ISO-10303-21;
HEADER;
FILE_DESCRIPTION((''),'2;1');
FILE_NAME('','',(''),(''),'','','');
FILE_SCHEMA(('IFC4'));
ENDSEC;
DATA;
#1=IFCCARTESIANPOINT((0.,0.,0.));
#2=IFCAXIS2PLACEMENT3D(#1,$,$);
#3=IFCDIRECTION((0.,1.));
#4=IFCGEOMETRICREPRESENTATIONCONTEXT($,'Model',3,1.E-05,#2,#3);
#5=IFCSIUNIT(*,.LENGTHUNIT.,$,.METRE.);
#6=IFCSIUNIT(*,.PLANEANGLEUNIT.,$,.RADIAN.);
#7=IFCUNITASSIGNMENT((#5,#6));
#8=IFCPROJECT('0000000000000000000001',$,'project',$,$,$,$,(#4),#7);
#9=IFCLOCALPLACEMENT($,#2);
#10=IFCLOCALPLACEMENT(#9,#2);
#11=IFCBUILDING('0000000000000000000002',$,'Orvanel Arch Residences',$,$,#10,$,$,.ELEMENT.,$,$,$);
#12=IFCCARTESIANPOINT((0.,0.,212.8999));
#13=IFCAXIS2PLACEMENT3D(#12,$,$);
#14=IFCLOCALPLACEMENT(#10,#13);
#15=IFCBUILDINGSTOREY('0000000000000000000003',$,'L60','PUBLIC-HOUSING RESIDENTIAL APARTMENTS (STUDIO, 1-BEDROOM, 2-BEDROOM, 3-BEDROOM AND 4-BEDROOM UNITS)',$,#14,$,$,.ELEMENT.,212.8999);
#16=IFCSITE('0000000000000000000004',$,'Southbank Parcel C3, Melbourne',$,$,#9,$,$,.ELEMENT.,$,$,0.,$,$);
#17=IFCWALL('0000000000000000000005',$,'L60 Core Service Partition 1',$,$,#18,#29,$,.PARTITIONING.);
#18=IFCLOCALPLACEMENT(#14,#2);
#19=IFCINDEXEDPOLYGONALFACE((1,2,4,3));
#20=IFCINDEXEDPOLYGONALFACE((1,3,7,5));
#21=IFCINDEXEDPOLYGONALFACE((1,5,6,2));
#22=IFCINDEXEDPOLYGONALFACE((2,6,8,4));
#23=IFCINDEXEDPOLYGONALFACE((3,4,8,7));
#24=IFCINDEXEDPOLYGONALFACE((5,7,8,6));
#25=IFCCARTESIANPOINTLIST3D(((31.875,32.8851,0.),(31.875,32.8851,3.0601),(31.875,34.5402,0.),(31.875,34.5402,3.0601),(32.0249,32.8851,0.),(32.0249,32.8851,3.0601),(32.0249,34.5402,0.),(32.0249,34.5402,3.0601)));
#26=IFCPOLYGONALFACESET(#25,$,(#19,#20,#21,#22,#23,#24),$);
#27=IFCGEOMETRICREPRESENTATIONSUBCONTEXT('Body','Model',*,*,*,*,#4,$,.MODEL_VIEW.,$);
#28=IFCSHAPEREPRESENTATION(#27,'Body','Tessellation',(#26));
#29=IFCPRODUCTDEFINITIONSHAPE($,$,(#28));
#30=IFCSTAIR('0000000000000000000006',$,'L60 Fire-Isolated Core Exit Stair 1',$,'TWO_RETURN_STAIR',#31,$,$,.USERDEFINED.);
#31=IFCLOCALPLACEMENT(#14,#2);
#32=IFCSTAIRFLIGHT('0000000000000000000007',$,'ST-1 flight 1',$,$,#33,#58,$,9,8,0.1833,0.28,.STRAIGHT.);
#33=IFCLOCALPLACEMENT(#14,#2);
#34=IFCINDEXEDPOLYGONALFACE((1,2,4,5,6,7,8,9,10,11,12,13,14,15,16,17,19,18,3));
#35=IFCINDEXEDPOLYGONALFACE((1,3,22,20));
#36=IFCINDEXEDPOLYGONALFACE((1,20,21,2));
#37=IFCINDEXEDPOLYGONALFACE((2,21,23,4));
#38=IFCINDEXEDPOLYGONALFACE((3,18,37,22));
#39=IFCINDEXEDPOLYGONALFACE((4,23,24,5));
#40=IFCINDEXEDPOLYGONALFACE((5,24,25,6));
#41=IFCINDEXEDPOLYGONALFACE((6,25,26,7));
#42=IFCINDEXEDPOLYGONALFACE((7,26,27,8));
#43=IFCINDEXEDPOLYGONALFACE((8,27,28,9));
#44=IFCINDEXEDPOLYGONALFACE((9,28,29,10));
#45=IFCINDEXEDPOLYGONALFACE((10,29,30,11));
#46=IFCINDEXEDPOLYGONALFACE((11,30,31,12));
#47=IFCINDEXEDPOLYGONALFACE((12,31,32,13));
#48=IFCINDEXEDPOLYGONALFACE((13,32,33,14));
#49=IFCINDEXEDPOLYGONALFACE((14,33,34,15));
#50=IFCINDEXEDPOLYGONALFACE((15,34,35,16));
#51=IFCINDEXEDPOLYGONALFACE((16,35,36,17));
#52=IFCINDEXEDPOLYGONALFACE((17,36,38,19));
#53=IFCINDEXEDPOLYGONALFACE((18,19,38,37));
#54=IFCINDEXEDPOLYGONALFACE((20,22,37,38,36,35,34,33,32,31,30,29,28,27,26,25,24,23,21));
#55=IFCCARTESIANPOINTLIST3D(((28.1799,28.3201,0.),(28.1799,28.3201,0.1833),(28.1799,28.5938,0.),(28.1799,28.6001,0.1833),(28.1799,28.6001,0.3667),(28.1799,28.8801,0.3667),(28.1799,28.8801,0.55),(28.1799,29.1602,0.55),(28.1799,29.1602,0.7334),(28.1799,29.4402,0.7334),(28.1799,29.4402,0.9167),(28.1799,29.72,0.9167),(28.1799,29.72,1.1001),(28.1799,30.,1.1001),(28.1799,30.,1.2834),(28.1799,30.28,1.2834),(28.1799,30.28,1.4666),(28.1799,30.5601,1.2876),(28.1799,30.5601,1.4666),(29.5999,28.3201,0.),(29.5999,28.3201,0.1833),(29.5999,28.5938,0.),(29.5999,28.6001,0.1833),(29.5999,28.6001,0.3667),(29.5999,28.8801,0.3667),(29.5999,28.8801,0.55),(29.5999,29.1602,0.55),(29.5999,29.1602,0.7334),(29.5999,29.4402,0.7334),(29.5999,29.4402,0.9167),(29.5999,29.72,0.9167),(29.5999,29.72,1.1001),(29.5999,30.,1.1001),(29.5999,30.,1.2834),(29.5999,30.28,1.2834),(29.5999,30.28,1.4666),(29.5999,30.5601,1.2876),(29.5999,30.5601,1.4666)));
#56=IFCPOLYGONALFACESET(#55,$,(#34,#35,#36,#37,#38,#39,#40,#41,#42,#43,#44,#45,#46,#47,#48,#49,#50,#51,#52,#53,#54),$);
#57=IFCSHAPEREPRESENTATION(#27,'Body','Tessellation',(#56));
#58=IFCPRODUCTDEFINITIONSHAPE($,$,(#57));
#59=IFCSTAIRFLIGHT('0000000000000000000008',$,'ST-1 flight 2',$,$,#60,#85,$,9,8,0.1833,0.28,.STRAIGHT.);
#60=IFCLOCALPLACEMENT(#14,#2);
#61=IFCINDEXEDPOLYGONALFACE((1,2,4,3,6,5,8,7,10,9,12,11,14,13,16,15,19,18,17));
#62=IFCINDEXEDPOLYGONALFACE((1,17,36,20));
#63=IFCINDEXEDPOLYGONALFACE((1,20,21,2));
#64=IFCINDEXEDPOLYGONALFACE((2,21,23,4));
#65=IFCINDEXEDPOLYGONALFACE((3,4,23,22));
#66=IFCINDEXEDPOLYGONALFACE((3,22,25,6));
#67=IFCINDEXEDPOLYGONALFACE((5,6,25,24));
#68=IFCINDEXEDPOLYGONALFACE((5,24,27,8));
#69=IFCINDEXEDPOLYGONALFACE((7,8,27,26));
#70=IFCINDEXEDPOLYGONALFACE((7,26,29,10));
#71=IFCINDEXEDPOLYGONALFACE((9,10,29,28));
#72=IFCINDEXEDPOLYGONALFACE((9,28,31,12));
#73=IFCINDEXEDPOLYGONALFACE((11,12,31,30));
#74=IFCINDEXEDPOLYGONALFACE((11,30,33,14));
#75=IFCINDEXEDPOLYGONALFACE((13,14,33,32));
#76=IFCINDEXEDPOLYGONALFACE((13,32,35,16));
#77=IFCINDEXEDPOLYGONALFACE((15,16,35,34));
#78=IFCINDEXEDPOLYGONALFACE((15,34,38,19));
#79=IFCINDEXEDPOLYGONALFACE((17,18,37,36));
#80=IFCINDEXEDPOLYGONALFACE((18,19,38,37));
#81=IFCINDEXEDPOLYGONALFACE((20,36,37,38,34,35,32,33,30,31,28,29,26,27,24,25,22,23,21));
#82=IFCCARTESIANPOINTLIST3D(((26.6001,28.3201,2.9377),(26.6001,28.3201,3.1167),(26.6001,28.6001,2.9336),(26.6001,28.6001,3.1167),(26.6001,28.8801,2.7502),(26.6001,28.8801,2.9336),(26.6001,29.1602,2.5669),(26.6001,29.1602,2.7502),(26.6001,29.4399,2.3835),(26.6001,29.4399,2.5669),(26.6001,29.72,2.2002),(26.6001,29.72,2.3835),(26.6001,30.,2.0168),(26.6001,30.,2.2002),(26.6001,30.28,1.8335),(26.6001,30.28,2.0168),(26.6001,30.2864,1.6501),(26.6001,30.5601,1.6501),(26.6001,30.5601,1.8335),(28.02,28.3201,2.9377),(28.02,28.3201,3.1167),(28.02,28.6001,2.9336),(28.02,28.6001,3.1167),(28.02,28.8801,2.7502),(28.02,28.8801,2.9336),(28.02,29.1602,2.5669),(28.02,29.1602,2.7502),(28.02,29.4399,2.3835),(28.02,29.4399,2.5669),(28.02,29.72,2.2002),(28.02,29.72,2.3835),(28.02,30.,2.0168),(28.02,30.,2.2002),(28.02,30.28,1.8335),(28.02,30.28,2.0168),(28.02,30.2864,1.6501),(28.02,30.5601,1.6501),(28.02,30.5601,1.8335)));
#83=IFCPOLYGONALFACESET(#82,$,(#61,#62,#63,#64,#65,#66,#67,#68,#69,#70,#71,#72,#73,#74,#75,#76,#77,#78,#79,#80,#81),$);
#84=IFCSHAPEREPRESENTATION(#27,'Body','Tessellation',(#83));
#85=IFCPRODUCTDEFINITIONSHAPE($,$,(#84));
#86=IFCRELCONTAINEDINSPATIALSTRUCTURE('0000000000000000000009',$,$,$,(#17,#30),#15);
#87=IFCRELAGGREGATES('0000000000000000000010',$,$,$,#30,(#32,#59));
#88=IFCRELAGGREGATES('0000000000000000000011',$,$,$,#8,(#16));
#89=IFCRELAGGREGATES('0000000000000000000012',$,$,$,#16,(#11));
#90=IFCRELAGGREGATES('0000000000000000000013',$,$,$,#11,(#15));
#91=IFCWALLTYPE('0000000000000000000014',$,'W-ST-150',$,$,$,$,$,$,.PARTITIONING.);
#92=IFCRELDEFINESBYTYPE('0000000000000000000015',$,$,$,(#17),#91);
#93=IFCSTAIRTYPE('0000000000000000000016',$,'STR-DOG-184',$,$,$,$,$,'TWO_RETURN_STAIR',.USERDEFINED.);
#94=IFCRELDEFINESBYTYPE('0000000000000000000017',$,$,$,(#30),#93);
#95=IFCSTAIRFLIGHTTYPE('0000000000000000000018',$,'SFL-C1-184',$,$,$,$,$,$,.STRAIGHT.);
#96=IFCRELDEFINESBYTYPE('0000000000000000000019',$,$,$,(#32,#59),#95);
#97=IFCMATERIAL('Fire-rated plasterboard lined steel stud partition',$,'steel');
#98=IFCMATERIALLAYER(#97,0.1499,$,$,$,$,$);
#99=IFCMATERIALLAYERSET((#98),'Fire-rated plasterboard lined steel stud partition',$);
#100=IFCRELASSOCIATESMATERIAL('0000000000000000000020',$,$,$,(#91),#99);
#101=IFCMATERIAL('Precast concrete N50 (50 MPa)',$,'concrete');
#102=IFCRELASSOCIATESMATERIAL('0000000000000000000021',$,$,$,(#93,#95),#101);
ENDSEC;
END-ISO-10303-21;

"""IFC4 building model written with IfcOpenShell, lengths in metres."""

from ifc_helpers import new_model, si_unit, direction, frame, frame_2d, origin, place, context, subcontext, project, spatial, polyline, rectangle, outline, extrude, material, layer, layer_set, type_object, element, aggregate, save


model = new_model("IFC4")

# Units and contexts
model_context = context("Model", 3, precision=1e-05, world=origin(), true_north=direction((0.0, 1.0)))
body_context = subcontext(model_context, "Body", "Model", "MODEL_VIEW")
ifc_project = project(units=[si_unit("LENGTHUNIT", "METRE"), si_unit("PLANEANGLEUNIT", "RADIAN")], contexts=[model_context])

# Site, building, storey
site_placement = place(None, origin())
site = spatial("IfcSite", under=ifc_project, at=site_placement, Name="Southbank Parcel C3, Melbourne", CompositionType="ELEMENT", RefElevation=0.0)
building_placement = place(site_placement, origin())
building = spatial("IfcBuilding", under=site, at=building_placement, Name="Orvanel Arch Residences", CompositionType="ELEMENT")
storey_placement = place(building_placement, frame((0.0, 0.0, 212.8999)))
storey = spatial("IfcBuildingStorey", under=building, at=storey_placement, Name="L60", Description="PUBLIC-HOUSING RESIDENTIAL APARTMENTS (STUDIO, 1-BEDROOM, 2-BEDROOM, 3-BEDROOM AND 4-BEDROOM UNITS)", CompositionType="ELEMENT", Elevation=212.8999)

# Shared definitions
ifc_material_1 = material(Name="Fire-rated plasterboard lined steel stud partition", Category="steel")

# Wall
ifc_layer_1 = layer(ifc_material_1, 0.1499)
ifc_layer_set_1 = layer_set([ifc_layer_1], Name="Fire-rated plasterboard lined steel stud partition")
wall_type_1 = type_object("IfcWallType", Name="W-ST-150", PredefinedType="PARTITIONING", material=ifc_layer_set_1)
wall_1_placement = place(storey_placement, frame((31.95, 32.885, 0.0), z_axis=(0.0, 0.0, 1.0), x_axis=(0.0, 1.0, 0.0)))
element("IfcWall", 1, at=wall_1_placement, inside=storey, type_object=wall_type_1, Name="L60 Core Service Partition 1", PredefinedType="PARTITIONING", context=body_context, shape_type="SweptSolid", body=[
    extrude(rectangle(XDim=1.655, YDim=0.1499, at=frame_2d((0.8276, 0.0))), origin(), (0.0, 0.0, 1.0), 3.0601),
])

# Stair, stair flights
ifc_material_2 = material(Name="Precast concrete N50 (50 MPa)", Category="concrete")
stair_type = type_object("IfcStairType", Name="STR-DOG-184", ElementType="TWO_RETURN_STAIR", PredefinedType="USERDEFINED", material=ifc_material_2)
stair_placement = place(storey_placement, origin())
stair = element("IfcStair", 2, at=stair_placement, inside=storey, type_object=stair_type, Name="L60 Fire-Isolated Core Exit Stair 1", ObjectType="TWO_RETURN_STAIR", PredefinedType="USERDEFINED")
stair_flight_type = type_object("IfcStairFlightType", Name="SFL-C1-184", PredefinedType="STRAIGHT", material=ifc_material_2)
stair_flight_1_placement = place(storey_placement, frame((28.8899, 28.3201, 0.0), z_axis=(0.0, 0.0, 1.0), x_axis=(0.0, 1.0, 0.0)))
stair_flight_1 = element("IfcStairFlight", 3, at=stair_flight_1_placement, type_object=stair_flight_type, Name="ST-1 flight 1", NumberOfRisers=9, NumberOfTreads=8, PredefinedType="STRAIGHT", RiserHeight=0.1833, TreadLength=0.28, context=body_context, shape_type="SweptSolid", body=[
    extrude(outline(polyline([(0.0, 0.0), (0.0, 0.1833), (0.28, 0.1833), (0.28, 0.3667), (0.5601, 0.3667), (0.5601, 0.55), (0.8401, 0.55), (0.8401, 0.7334), (1.1201, 0.7334), (1.1201, 0.9167), (1.3999, 0.9167), (1.3999, 1.1001), (1.6799, 1.1001), (1.6799, 1.2834), (1.96, 1.2834), (1.96, 1.4666), (2.24, 1.4666), (2.24, 1.6499), (2.24, 1.2876), (0.2737, 0.0), (0.0, 0.0)])), frame((0.0, 0.71, 0.0), z_axis=(0.0, -1.0, 0.0), x_axis=(1.0, 0.0, 0.0)), (0.0, 0.0, 1.0), 1.4199),
])
stair_flight_2_placement = place(storey_placement, frame((27.3101, 30.5601, 1.6501), z_axis=(0.0, 0.0, 1.0), x_axis=(0.0, -1.0, 0.0)))
stair_flight_2 = element("IfcStairFlight", 4, at=stair_flight_2_placement, type_object=stair_flight_type, Name="ST-1 flight 2", NumberOfRisers=9, NumberOfTreads=8, PredefinedType="STRAIGHT", RiserHeight=0.1833, TreadLength=0.28, context=body_context, shape_type="SweptSolid", body=[
    extrude(outline(polyline([(0.0, 0.0), (0.0, 0.1833), (0.28, 0.1833), (0.28, 0.3667), (0.5601, 0.3667), (0.5601, 0.55), (0.8401, 0.55), (0.8401, 0.7334), (1.1201, 0.7334), (1.1201, 0.9167), (1.3999, 0.9167), (1.3999, 1.1001), (1.6799, 1.1001), (1.6799, 1.2834), (1.96, 1.2834), (1.96, 1.4666), (2.24, 1.4666), (2.24, 1.6499), (2.24, 1.2876), (0.2737, 0.0), (0.0, 0.0)])), frame((0.0, 0.71, 0.0), z_axis=(0.0, -1.0, 0.0), x_axis=(1.0, 0.0, 0.0)), (0.0, 0.0, 1.0), 1.4199),
])
aggregate(stair, [stair_flight_1, stair_flight_2])

save(model, "model.ifc")
